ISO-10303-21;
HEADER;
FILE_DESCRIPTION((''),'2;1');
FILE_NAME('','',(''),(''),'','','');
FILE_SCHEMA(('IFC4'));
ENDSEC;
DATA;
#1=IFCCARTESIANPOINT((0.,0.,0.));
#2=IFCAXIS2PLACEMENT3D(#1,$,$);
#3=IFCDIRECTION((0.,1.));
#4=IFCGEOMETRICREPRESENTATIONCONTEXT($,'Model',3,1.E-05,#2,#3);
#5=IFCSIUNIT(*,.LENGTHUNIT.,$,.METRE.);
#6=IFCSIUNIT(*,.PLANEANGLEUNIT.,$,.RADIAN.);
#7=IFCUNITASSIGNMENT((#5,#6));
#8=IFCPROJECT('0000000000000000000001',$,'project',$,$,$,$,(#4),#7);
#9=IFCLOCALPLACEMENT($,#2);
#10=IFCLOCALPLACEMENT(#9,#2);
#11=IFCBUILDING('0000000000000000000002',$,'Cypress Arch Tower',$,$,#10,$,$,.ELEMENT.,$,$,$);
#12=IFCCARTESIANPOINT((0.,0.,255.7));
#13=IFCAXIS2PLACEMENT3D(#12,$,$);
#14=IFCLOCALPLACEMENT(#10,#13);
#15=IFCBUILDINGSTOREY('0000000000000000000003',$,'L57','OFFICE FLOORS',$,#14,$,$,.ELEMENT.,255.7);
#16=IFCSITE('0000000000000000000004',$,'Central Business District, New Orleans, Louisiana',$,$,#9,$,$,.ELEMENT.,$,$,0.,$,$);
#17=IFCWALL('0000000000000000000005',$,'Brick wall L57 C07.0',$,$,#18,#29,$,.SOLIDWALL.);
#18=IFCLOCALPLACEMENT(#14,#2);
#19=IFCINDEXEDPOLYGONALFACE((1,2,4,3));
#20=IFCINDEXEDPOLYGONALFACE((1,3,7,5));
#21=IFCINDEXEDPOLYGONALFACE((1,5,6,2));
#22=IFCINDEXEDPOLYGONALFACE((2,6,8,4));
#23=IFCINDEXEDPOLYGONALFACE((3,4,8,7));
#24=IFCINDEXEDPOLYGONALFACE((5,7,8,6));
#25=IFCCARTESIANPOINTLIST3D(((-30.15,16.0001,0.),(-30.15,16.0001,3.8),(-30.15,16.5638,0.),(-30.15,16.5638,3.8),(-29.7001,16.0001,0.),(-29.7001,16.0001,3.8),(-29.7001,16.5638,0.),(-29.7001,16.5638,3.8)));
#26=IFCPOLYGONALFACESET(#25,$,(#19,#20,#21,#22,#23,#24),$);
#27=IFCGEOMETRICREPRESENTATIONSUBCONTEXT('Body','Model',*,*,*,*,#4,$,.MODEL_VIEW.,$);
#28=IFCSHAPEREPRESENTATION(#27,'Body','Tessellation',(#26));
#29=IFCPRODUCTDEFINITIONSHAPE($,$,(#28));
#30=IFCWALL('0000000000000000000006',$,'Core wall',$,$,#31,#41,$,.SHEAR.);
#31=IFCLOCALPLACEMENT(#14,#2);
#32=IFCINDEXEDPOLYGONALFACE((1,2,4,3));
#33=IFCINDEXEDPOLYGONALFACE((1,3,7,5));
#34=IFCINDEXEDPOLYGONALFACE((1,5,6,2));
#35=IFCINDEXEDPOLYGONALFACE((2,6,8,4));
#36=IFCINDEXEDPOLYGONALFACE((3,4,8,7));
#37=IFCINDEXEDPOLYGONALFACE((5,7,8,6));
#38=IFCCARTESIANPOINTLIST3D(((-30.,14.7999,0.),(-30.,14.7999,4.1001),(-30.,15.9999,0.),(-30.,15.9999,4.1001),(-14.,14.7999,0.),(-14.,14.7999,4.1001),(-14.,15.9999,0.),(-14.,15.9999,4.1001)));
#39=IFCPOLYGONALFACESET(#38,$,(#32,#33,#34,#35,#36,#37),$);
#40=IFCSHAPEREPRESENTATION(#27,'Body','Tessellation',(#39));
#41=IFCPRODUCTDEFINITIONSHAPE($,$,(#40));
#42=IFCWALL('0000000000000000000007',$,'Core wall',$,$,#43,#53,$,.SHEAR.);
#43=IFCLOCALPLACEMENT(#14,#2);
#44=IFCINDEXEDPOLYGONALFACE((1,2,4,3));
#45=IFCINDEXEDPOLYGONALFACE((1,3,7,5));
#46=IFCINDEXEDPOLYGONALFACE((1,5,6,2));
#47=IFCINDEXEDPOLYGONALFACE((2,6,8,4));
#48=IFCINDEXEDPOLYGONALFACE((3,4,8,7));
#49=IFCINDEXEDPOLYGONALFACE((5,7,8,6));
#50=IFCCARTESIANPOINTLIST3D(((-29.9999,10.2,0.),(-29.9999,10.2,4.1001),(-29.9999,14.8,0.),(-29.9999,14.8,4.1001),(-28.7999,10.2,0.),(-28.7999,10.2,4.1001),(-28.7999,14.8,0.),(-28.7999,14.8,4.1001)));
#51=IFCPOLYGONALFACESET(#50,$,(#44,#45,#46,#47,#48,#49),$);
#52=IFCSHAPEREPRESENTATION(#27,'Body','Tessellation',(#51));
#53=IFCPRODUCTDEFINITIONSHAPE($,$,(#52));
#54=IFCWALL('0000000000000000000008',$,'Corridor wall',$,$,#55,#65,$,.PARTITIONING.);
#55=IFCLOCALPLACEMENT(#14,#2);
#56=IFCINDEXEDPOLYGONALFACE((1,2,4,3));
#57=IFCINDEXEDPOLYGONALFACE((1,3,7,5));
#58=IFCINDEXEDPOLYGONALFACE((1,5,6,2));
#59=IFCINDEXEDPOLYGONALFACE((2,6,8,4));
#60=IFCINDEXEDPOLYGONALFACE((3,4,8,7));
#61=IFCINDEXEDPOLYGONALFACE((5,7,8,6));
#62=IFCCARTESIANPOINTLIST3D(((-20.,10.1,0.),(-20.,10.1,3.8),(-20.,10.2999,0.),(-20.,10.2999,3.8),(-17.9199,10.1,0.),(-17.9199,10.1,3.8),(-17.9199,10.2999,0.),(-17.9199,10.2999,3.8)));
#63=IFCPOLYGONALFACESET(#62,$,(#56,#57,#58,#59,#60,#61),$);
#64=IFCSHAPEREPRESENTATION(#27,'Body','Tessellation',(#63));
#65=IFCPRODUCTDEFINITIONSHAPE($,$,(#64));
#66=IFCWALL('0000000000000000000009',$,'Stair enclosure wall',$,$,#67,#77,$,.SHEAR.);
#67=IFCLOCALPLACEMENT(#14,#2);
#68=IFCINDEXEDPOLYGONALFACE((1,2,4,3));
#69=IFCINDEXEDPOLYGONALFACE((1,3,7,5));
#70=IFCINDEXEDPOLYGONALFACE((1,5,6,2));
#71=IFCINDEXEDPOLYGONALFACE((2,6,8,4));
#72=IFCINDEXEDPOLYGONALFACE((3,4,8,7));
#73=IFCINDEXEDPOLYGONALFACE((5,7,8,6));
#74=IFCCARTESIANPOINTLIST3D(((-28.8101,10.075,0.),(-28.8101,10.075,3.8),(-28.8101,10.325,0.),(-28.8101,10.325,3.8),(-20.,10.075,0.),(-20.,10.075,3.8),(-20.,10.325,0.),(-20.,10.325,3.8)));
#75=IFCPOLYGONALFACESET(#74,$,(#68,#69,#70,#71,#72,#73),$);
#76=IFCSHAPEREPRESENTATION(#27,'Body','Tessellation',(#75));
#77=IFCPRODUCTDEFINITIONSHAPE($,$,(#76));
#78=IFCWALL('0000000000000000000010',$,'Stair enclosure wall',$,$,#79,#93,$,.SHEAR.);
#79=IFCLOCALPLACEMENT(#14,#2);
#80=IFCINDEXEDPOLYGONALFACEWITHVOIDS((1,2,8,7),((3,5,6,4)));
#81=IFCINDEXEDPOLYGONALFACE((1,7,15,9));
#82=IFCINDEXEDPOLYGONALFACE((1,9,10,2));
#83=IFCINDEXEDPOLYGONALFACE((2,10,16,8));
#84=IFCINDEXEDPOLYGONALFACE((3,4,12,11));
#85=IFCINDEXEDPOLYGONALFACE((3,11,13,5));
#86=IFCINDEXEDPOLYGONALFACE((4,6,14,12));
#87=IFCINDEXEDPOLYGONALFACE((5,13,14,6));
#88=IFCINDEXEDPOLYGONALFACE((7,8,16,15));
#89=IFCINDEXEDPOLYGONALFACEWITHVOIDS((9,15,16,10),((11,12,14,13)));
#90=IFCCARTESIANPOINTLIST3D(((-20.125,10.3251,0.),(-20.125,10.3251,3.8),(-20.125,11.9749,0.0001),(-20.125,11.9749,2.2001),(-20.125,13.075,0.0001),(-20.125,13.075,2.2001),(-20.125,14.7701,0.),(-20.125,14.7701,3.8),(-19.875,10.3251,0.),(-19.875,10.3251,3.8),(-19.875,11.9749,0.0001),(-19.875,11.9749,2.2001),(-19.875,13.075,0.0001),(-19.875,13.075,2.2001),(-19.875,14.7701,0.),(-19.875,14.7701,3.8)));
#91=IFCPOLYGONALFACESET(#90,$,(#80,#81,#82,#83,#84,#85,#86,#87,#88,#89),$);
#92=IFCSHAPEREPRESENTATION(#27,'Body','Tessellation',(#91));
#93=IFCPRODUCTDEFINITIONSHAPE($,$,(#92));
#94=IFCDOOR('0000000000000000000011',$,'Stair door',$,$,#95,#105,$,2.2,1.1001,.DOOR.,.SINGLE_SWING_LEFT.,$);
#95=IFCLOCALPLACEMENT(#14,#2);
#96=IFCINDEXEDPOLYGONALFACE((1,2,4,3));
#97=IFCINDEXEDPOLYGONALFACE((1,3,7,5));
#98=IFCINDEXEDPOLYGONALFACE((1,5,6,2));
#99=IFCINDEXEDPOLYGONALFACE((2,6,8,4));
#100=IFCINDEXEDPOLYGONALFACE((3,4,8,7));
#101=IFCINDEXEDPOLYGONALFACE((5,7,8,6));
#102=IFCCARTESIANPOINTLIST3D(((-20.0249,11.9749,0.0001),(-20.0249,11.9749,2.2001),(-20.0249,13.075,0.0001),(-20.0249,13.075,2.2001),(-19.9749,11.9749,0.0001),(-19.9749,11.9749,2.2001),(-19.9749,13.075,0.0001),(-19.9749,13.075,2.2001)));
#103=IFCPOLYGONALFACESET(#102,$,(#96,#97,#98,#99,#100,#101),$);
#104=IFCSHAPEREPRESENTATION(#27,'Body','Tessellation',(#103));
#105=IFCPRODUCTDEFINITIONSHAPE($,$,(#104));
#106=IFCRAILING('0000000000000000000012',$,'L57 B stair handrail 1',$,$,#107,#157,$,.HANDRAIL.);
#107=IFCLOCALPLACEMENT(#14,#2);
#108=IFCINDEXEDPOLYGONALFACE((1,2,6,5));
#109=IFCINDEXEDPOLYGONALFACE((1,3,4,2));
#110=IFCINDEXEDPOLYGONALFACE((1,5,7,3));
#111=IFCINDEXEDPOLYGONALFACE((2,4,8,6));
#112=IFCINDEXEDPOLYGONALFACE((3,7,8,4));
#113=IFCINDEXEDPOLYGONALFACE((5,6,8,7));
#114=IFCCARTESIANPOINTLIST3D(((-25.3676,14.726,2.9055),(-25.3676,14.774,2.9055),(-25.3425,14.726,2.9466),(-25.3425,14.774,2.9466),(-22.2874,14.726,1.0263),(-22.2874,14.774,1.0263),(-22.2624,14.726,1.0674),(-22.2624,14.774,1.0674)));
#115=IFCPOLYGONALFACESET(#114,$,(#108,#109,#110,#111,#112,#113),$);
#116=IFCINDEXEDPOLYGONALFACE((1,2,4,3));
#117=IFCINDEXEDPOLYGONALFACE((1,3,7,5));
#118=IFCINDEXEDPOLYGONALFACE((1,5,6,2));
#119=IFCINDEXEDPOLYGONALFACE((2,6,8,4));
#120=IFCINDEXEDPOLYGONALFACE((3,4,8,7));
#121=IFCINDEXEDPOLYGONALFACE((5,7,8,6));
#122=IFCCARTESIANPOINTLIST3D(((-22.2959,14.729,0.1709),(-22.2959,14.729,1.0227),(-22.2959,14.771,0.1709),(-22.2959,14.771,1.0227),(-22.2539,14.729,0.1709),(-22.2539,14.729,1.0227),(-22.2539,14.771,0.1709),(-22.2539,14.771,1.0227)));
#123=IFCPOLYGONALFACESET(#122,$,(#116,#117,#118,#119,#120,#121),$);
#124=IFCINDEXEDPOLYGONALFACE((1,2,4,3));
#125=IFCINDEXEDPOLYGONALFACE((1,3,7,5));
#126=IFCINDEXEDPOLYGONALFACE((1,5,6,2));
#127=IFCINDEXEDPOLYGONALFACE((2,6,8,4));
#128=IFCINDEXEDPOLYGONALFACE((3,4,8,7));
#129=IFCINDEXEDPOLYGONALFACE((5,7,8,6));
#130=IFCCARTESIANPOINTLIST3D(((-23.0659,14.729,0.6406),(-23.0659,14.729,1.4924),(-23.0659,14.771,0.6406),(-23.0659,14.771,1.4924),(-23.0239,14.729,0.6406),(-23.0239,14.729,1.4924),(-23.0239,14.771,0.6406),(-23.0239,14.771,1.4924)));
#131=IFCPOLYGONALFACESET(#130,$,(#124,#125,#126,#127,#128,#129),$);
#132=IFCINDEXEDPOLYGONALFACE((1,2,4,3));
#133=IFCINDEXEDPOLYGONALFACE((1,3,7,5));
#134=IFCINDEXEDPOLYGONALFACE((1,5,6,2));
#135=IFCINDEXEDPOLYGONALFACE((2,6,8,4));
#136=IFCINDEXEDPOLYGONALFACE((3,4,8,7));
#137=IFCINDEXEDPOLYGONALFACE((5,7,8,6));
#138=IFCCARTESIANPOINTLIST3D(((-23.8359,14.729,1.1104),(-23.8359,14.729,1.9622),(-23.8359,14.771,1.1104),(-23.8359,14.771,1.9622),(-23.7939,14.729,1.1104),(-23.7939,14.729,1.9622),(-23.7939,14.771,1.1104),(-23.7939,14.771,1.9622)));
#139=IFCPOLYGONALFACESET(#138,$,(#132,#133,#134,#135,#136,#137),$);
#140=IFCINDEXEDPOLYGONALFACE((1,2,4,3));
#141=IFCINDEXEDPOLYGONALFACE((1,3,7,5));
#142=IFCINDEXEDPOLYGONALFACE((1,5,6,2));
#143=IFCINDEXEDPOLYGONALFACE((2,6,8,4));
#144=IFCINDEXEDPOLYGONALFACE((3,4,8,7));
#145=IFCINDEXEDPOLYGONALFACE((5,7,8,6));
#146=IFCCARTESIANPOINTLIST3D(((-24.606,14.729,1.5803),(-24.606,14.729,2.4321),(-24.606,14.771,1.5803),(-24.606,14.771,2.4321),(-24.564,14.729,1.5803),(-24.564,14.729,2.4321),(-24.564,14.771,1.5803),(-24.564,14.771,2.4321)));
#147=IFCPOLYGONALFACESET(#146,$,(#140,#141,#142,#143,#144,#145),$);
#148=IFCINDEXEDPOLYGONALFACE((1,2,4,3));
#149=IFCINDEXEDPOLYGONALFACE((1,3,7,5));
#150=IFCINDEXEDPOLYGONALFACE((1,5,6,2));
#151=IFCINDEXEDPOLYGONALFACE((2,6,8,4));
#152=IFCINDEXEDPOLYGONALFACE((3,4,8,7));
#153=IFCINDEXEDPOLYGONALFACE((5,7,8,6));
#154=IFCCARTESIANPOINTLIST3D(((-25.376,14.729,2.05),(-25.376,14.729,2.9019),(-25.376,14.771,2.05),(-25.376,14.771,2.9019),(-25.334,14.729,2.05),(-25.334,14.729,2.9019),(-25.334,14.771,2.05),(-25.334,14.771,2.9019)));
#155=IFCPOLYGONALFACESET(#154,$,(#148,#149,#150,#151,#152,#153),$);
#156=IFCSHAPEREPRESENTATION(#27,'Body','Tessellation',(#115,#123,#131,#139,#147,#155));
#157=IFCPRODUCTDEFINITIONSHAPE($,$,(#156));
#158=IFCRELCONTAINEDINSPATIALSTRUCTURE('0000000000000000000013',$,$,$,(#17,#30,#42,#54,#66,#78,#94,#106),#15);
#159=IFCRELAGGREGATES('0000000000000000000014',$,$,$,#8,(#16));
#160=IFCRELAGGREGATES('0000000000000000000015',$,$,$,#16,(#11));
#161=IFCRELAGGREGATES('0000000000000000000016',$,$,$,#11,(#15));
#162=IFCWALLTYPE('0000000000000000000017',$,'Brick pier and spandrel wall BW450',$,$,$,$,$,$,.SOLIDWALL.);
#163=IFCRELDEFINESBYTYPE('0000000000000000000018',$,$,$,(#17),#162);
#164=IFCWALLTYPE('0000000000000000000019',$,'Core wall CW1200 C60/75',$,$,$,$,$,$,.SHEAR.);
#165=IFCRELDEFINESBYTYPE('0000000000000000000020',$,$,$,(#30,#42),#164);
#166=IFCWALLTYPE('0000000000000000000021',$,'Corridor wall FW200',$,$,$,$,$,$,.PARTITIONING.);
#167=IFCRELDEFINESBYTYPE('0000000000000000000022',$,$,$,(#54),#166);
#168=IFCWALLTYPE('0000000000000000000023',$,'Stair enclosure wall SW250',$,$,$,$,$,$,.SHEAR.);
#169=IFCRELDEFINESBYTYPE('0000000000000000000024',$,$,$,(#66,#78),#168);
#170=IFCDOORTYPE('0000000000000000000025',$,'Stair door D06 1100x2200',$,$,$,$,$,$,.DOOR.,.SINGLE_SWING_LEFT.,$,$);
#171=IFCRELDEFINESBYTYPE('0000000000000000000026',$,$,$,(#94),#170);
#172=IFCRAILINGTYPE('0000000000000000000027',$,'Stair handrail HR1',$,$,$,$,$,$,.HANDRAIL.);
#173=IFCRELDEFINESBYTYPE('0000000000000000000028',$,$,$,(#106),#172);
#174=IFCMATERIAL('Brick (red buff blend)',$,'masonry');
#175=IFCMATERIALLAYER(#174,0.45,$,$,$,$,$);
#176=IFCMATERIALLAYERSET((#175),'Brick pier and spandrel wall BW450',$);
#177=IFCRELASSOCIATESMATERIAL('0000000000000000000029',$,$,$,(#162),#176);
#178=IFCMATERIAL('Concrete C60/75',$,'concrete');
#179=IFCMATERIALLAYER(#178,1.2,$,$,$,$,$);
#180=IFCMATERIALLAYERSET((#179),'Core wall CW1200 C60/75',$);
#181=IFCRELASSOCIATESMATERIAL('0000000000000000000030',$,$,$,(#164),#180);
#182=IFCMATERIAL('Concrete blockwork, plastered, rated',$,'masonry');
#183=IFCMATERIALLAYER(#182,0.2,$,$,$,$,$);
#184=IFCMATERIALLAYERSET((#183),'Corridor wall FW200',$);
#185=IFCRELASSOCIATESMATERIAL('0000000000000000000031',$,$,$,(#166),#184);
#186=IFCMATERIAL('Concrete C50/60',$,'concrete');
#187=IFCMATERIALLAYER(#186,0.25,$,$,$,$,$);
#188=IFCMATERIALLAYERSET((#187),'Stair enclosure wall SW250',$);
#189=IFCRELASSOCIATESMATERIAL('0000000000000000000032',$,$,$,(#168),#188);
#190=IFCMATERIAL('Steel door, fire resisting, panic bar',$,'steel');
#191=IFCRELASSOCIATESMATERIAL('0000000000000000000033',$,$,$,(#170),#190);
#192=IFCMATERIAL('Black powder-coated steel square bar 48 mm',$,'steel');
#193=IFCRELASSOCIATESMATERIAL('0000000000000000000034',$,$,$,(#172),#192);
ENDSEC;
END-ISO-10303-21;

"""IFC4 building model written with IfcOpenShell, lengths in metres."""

from ifc_helpers import new_model, si_unit, direction, frame, frame_2d, origin, origin_2d, place, context, subcontext, project, spatial, rectangle, extrude, material, layer, layer_set, type_object, element, fill, save


model = new_model("IFC4")

# Units and contexts
model_context = context("Model", 3, precision=1e-05, world=origin(), true_north=direction((0.0, 1.0)))
body_context = subcontext(model_context, "Body", "Model", "MODEL_VIEW")
ifc_project = project(units=[si_unit("LENGTHUNIT", "METRE"), si_unit("PLANEANGLEUNIT", "RADIAN")], contexts=[model_context])

# Site, building, storey
site_placement = place(None, origin())
site = spatial("IfcSite", under=ifc_project, at=site_placement, Name="Central Business District, New Orleans, Louisiana", CompositionType="ELEMENT", RefElevation=0.0)
building_placement = place(site_placement, origin())
building = spatial("IfcBuilding", under=site, at=building_placement, Name="Cypress Arch Tower", CompositionType="ELEMENT")
storey_placement = place(building_placement, frame((0.0, 0.0, 255.7)))
storey = spatial("IfcBuildingStorey", under=building, at=storey_placement, Name="L57", Description="OFFICE FLOORS", CompositionType="ELEMENT", Elevation=255.7)

# Shared definitions
ifc_material_1 = material(Name="Brick (red buff blend)", Category="masonry")
ifc_layer_1 = layer(ifc_material_1, 0.45)
ifc_layer_set_1 = layer_set([ifc_layer_1], Name="Brick pier and spandrel wall BW450")
wall_type_1 = type_object("IfcWallType", Name="Brick pier and spandrel wall BW450", PredefinedType="SOLIDWALL", material=ifc_layer_set_1)

# Walls
wall_1_placement = place(storey_placement, frame((-29.925, 16.5637, 0.0), z_axis=(0.0, 0.0, 1.0), x_axis=(0.0, -1.0, 0.0)))
element("IfcWall", 1, at=wall_1_placement, inside=storey, type_object=wall_type_1, Name="Brick wall L57 C07.0", PredefinedType="SOLIDWALL", context=body_context, shape_type="SweptSolid", body=[
    extrude(rectangle(XDim=0.5637, YDim=0.45, at=frame_2d((0.2817, 0.0))), origin(), (0.0, 0.0, 1.0), 3.8),
])
ifc_material_2 = material(Name="Concrete C60/75", Category="concrete")
ifc_layer_2 = layer(ifc_material_2, 1.2)
ifc_layer_set_2 = layer_set([ifc_layer_2], Name="Core wall CW1200 C60/75")
wall_type_2 = type_object("IfcWallType", Name="Core wall CW1200 C60/75", PredefinedType="SHEAR", material=ifc_layer_set_2)
wall_2_placement = place(storey_placement, frame((-30.0, 15.3999, 0.0), z_axis=(0.0, 0.0, 1.0), x_axis=(1.0, 0.0, 0.0)))
element("IfcWall", 2, at=wall_2_placement, inside=storey, type_object=wall_type_2, Name="Core wall", PredefinedType="SHEAR", context=body_context, shape_type="SweptSolid", body=[
    extrude(rectangle(XDim=16.0, YDim=1.2, at=frame_2d((8.0, 0.0))), origin(), (0.0, 0.0, 1.0), 4.1001),
])
wall_3_placement = place(storey_placement, frame((-29.3999, 10.2, 0.0), z_axis=(0.0, 0.0, 1.0), x_axis=(0.0, 1.0, 0.0)))
element("IfcWall", 3, at=wall_3_placement, inside=storey, type_object=wall_type_2, Name="Core wall", PredefinedType="SHEAR", context=body_context, shape_type="SweptSolid", body=[
    extrude(rectangle(XDim=4.6001, YDim=1.2, at=frame_2d((2.3, 0.0))), origin(), (0.0, 0.0, 1.0), 4.1001),
])
ifc_material_3 = material(Name="Concrete blockwork, plastered, rated", Category="masonry")
ifc_layer_3 = layer(ifc_material_3, 0.2)
ifc_layer_set_3 = layer_set([ifc_layer_3], Name="Corridor wall FW200")
wall_type_3 = type_object("IfcWallType", Name="Corridor wall FW200", PredefinedType="PARTITIONING", material=ifc_layer_set_3)
wall_4_placement = place(storey_placement, frame((-20.0, 10.2, 0.0), z_axis=(0.0, 0.0, 1.0), x_axis=(1.0, 0.0, 0.0)))
element("IfcWall", 4, at=wall_4_placement, inside=storey, type_object=wall_type_3, Name="Corridor wall", PredefinedType="PARTITIONING", context=body_context, shape_type="SweptSolid", body=[
    extrude(rectangle(XDim=2.0801, YDim=0.2, at=frame_2d((1.04, 0.0))), origin(), (0.0, 0.0, 1.0), 3.8),
])
ifc_material_4 = material(Name="Concrete C50/60", Category="concrete")
ifc_layer_4 = layer(ifc_material_4, 0.25)
ifc_layer_set_4 = layer_set([ifc_layer_4], Name="Stair enclosure wall SW250")
wall_type_4 = type_object("IfcWallType", Name="Stair enclosure wall SW250", PredefinedType="SHEAR", material=ifc_layer_set_4)
wall_5_placement = place(storey_placement, frame((-28.8101, 10.2, 0.0), z_axis=(0.0, 0.0, 1.0), x_axis=(1.0, 0.0, 0.0)))
element("IfcWall", 5, at=wall_5_placement, inside=storey, type_object=wall_type_4, Name="Stair enclosure wall", PredefinedType="SHEAR", context=body_context, shape_type="SweptSolid", body=[
    extrude(rectangle(XDim=8.8101, YDim=0.25, at=frame_2d((4.405, 0.0))), origin(), (0.0, 0.0, 1.0), 3.8),
])

# Wall, opening, door
wall_6_placement = place(storey_placement, frame((-20.0, 10.325, 0.0), z_axis=(0.0, 0.0, 1.0), x_axis=(0.0, 1.0, 0.0)))
wall_6 = element("IfcWall", 6, at=wall_6_placement, inside=storey, type_object=wall_type_4, Name="Stair enclosure wall", PredefinedType="SHEAR", context=body_context, shape_type="SweptSolid", body=[
    extrude(rectangle(XDim=4.4451, YDim=0.25, at=frame_2d((2.2227, 0.0))), origin(), (0.0, 0.0, 1.0), 3.8),
])
opening_1_placement = place(wall_6_placement, frame((1.6499, 0.0, 0.0)))
opening_1 = element("IfcOpeningElement", 7, at=opening_1_placement, cuts=wall_6, PredefinedType="OPENING", context=body_context, shape_type="SweptSolid", body=[
    extrude(rectangle(XDim=1.1001, YDim=2.2, at=frame_2d((0.55, 1.1001))), frame((0.0, 0.135, 0.0), z_axis=(0.0, -1.0, 0.0), x_axis=(1.0, 0.0, 0.0)), (0.0, 0.0, 1.0), 0.27),
])
ifc_material_5 = material(Name="Steel door, fire resisting, panic bar", Category="steel")
door_type = type_object("IfcDoorType", Name="Stair door D06 1100x2200", OperationType="SINGLE_SWING_LEFT", PredefinedType="DOOR", material=ifc_material_5)
door_placement = place(opening_1_placement, origin())
door = element("IfcDoor", 8, at=door_placement, inside=storey, type_object=door_type, Name="Stair door", OperationType="SINGLE_SWING_LEFT", OverallHeight=2.2, OverallWidth=1.1001, PredefinedType="DOOR", context=body_context, shape_type="SweptSolid", body=[
    extrude(rectangle(XDim=1.1001, YDim=2.2, at=frame_2d((0.55, 1.1001))), frame((0.0, 0.0249, 0.0), z_axis=(0.0, -1.0, 0.0), x_axis=(1.0, 0.0, 0.0)), (0.0, 0.0, 1.0), 0.05),
])
fill(opening_1, door)

# Railing
ifc_material_6 = material(Name="Black powder-coated steel square bar 48 mm", Category="steel")
railing_type_1 = type_object("IfcRailingType", Name="Stair handrail HR1", PredefinedType="HANDRAIL", material=ifc_material_6)
railing_1_placement = place(storey_placement, frame((-22.2749, 14.75, 0.1709)))
element("IfcRailing", 9, at=railing_1_placement, inside=storey, type_object=railing_type_1, Name="L57 B stair handrail 1", PredefinedType="HANDRAIL", context=body_context, shape_type="SweptSolid", body=[
    extrude(rectangle(XDim=0.0481, YDim=0.0481, at=origin_2d()), frame((0.0, 0.0, 0.876), z_axis=(-0.853666, 0.0, 0.52082), x_axis=(0.0, -1.0, 0.0)), (0.0, 0.0, 1.0), 3.6082),
    extrude(rectangle(XDim=0.042, YDim=0.042, at=origin_2d()), origin(), (0.0, 0.0, 1.0), 0.8518),
    extrude(rectangle(XDim=0.042, YDim=0.042, at=origin_2d()), frame((-0.77, 0.0, 0.4697)), (0.0, 0.0, 1.0), 0.8518),
    extrude(rectangle(XDim=0.042, YDim=0.042, at=origin_2d()), frame((-1.54, 0.0, 0.9395)), (0.0, 0.0, 1.0), 0.8518),
    extrude(rectangle(XDim=0.042, YDim=0.042, at=origin_2d()), frame((-2.3101, 0.0, 1.4094)), (0.0, 0.0, 1.0), 0.8518),
    extrude(rectangle(XDim=0.042, YDim=0.042, at=origin_2d()), frame((-3.0801, 0.0, 1.8792)), (0.0, 0.0, 1.0), 0.8518),
])

save(model, "model.ifc")
